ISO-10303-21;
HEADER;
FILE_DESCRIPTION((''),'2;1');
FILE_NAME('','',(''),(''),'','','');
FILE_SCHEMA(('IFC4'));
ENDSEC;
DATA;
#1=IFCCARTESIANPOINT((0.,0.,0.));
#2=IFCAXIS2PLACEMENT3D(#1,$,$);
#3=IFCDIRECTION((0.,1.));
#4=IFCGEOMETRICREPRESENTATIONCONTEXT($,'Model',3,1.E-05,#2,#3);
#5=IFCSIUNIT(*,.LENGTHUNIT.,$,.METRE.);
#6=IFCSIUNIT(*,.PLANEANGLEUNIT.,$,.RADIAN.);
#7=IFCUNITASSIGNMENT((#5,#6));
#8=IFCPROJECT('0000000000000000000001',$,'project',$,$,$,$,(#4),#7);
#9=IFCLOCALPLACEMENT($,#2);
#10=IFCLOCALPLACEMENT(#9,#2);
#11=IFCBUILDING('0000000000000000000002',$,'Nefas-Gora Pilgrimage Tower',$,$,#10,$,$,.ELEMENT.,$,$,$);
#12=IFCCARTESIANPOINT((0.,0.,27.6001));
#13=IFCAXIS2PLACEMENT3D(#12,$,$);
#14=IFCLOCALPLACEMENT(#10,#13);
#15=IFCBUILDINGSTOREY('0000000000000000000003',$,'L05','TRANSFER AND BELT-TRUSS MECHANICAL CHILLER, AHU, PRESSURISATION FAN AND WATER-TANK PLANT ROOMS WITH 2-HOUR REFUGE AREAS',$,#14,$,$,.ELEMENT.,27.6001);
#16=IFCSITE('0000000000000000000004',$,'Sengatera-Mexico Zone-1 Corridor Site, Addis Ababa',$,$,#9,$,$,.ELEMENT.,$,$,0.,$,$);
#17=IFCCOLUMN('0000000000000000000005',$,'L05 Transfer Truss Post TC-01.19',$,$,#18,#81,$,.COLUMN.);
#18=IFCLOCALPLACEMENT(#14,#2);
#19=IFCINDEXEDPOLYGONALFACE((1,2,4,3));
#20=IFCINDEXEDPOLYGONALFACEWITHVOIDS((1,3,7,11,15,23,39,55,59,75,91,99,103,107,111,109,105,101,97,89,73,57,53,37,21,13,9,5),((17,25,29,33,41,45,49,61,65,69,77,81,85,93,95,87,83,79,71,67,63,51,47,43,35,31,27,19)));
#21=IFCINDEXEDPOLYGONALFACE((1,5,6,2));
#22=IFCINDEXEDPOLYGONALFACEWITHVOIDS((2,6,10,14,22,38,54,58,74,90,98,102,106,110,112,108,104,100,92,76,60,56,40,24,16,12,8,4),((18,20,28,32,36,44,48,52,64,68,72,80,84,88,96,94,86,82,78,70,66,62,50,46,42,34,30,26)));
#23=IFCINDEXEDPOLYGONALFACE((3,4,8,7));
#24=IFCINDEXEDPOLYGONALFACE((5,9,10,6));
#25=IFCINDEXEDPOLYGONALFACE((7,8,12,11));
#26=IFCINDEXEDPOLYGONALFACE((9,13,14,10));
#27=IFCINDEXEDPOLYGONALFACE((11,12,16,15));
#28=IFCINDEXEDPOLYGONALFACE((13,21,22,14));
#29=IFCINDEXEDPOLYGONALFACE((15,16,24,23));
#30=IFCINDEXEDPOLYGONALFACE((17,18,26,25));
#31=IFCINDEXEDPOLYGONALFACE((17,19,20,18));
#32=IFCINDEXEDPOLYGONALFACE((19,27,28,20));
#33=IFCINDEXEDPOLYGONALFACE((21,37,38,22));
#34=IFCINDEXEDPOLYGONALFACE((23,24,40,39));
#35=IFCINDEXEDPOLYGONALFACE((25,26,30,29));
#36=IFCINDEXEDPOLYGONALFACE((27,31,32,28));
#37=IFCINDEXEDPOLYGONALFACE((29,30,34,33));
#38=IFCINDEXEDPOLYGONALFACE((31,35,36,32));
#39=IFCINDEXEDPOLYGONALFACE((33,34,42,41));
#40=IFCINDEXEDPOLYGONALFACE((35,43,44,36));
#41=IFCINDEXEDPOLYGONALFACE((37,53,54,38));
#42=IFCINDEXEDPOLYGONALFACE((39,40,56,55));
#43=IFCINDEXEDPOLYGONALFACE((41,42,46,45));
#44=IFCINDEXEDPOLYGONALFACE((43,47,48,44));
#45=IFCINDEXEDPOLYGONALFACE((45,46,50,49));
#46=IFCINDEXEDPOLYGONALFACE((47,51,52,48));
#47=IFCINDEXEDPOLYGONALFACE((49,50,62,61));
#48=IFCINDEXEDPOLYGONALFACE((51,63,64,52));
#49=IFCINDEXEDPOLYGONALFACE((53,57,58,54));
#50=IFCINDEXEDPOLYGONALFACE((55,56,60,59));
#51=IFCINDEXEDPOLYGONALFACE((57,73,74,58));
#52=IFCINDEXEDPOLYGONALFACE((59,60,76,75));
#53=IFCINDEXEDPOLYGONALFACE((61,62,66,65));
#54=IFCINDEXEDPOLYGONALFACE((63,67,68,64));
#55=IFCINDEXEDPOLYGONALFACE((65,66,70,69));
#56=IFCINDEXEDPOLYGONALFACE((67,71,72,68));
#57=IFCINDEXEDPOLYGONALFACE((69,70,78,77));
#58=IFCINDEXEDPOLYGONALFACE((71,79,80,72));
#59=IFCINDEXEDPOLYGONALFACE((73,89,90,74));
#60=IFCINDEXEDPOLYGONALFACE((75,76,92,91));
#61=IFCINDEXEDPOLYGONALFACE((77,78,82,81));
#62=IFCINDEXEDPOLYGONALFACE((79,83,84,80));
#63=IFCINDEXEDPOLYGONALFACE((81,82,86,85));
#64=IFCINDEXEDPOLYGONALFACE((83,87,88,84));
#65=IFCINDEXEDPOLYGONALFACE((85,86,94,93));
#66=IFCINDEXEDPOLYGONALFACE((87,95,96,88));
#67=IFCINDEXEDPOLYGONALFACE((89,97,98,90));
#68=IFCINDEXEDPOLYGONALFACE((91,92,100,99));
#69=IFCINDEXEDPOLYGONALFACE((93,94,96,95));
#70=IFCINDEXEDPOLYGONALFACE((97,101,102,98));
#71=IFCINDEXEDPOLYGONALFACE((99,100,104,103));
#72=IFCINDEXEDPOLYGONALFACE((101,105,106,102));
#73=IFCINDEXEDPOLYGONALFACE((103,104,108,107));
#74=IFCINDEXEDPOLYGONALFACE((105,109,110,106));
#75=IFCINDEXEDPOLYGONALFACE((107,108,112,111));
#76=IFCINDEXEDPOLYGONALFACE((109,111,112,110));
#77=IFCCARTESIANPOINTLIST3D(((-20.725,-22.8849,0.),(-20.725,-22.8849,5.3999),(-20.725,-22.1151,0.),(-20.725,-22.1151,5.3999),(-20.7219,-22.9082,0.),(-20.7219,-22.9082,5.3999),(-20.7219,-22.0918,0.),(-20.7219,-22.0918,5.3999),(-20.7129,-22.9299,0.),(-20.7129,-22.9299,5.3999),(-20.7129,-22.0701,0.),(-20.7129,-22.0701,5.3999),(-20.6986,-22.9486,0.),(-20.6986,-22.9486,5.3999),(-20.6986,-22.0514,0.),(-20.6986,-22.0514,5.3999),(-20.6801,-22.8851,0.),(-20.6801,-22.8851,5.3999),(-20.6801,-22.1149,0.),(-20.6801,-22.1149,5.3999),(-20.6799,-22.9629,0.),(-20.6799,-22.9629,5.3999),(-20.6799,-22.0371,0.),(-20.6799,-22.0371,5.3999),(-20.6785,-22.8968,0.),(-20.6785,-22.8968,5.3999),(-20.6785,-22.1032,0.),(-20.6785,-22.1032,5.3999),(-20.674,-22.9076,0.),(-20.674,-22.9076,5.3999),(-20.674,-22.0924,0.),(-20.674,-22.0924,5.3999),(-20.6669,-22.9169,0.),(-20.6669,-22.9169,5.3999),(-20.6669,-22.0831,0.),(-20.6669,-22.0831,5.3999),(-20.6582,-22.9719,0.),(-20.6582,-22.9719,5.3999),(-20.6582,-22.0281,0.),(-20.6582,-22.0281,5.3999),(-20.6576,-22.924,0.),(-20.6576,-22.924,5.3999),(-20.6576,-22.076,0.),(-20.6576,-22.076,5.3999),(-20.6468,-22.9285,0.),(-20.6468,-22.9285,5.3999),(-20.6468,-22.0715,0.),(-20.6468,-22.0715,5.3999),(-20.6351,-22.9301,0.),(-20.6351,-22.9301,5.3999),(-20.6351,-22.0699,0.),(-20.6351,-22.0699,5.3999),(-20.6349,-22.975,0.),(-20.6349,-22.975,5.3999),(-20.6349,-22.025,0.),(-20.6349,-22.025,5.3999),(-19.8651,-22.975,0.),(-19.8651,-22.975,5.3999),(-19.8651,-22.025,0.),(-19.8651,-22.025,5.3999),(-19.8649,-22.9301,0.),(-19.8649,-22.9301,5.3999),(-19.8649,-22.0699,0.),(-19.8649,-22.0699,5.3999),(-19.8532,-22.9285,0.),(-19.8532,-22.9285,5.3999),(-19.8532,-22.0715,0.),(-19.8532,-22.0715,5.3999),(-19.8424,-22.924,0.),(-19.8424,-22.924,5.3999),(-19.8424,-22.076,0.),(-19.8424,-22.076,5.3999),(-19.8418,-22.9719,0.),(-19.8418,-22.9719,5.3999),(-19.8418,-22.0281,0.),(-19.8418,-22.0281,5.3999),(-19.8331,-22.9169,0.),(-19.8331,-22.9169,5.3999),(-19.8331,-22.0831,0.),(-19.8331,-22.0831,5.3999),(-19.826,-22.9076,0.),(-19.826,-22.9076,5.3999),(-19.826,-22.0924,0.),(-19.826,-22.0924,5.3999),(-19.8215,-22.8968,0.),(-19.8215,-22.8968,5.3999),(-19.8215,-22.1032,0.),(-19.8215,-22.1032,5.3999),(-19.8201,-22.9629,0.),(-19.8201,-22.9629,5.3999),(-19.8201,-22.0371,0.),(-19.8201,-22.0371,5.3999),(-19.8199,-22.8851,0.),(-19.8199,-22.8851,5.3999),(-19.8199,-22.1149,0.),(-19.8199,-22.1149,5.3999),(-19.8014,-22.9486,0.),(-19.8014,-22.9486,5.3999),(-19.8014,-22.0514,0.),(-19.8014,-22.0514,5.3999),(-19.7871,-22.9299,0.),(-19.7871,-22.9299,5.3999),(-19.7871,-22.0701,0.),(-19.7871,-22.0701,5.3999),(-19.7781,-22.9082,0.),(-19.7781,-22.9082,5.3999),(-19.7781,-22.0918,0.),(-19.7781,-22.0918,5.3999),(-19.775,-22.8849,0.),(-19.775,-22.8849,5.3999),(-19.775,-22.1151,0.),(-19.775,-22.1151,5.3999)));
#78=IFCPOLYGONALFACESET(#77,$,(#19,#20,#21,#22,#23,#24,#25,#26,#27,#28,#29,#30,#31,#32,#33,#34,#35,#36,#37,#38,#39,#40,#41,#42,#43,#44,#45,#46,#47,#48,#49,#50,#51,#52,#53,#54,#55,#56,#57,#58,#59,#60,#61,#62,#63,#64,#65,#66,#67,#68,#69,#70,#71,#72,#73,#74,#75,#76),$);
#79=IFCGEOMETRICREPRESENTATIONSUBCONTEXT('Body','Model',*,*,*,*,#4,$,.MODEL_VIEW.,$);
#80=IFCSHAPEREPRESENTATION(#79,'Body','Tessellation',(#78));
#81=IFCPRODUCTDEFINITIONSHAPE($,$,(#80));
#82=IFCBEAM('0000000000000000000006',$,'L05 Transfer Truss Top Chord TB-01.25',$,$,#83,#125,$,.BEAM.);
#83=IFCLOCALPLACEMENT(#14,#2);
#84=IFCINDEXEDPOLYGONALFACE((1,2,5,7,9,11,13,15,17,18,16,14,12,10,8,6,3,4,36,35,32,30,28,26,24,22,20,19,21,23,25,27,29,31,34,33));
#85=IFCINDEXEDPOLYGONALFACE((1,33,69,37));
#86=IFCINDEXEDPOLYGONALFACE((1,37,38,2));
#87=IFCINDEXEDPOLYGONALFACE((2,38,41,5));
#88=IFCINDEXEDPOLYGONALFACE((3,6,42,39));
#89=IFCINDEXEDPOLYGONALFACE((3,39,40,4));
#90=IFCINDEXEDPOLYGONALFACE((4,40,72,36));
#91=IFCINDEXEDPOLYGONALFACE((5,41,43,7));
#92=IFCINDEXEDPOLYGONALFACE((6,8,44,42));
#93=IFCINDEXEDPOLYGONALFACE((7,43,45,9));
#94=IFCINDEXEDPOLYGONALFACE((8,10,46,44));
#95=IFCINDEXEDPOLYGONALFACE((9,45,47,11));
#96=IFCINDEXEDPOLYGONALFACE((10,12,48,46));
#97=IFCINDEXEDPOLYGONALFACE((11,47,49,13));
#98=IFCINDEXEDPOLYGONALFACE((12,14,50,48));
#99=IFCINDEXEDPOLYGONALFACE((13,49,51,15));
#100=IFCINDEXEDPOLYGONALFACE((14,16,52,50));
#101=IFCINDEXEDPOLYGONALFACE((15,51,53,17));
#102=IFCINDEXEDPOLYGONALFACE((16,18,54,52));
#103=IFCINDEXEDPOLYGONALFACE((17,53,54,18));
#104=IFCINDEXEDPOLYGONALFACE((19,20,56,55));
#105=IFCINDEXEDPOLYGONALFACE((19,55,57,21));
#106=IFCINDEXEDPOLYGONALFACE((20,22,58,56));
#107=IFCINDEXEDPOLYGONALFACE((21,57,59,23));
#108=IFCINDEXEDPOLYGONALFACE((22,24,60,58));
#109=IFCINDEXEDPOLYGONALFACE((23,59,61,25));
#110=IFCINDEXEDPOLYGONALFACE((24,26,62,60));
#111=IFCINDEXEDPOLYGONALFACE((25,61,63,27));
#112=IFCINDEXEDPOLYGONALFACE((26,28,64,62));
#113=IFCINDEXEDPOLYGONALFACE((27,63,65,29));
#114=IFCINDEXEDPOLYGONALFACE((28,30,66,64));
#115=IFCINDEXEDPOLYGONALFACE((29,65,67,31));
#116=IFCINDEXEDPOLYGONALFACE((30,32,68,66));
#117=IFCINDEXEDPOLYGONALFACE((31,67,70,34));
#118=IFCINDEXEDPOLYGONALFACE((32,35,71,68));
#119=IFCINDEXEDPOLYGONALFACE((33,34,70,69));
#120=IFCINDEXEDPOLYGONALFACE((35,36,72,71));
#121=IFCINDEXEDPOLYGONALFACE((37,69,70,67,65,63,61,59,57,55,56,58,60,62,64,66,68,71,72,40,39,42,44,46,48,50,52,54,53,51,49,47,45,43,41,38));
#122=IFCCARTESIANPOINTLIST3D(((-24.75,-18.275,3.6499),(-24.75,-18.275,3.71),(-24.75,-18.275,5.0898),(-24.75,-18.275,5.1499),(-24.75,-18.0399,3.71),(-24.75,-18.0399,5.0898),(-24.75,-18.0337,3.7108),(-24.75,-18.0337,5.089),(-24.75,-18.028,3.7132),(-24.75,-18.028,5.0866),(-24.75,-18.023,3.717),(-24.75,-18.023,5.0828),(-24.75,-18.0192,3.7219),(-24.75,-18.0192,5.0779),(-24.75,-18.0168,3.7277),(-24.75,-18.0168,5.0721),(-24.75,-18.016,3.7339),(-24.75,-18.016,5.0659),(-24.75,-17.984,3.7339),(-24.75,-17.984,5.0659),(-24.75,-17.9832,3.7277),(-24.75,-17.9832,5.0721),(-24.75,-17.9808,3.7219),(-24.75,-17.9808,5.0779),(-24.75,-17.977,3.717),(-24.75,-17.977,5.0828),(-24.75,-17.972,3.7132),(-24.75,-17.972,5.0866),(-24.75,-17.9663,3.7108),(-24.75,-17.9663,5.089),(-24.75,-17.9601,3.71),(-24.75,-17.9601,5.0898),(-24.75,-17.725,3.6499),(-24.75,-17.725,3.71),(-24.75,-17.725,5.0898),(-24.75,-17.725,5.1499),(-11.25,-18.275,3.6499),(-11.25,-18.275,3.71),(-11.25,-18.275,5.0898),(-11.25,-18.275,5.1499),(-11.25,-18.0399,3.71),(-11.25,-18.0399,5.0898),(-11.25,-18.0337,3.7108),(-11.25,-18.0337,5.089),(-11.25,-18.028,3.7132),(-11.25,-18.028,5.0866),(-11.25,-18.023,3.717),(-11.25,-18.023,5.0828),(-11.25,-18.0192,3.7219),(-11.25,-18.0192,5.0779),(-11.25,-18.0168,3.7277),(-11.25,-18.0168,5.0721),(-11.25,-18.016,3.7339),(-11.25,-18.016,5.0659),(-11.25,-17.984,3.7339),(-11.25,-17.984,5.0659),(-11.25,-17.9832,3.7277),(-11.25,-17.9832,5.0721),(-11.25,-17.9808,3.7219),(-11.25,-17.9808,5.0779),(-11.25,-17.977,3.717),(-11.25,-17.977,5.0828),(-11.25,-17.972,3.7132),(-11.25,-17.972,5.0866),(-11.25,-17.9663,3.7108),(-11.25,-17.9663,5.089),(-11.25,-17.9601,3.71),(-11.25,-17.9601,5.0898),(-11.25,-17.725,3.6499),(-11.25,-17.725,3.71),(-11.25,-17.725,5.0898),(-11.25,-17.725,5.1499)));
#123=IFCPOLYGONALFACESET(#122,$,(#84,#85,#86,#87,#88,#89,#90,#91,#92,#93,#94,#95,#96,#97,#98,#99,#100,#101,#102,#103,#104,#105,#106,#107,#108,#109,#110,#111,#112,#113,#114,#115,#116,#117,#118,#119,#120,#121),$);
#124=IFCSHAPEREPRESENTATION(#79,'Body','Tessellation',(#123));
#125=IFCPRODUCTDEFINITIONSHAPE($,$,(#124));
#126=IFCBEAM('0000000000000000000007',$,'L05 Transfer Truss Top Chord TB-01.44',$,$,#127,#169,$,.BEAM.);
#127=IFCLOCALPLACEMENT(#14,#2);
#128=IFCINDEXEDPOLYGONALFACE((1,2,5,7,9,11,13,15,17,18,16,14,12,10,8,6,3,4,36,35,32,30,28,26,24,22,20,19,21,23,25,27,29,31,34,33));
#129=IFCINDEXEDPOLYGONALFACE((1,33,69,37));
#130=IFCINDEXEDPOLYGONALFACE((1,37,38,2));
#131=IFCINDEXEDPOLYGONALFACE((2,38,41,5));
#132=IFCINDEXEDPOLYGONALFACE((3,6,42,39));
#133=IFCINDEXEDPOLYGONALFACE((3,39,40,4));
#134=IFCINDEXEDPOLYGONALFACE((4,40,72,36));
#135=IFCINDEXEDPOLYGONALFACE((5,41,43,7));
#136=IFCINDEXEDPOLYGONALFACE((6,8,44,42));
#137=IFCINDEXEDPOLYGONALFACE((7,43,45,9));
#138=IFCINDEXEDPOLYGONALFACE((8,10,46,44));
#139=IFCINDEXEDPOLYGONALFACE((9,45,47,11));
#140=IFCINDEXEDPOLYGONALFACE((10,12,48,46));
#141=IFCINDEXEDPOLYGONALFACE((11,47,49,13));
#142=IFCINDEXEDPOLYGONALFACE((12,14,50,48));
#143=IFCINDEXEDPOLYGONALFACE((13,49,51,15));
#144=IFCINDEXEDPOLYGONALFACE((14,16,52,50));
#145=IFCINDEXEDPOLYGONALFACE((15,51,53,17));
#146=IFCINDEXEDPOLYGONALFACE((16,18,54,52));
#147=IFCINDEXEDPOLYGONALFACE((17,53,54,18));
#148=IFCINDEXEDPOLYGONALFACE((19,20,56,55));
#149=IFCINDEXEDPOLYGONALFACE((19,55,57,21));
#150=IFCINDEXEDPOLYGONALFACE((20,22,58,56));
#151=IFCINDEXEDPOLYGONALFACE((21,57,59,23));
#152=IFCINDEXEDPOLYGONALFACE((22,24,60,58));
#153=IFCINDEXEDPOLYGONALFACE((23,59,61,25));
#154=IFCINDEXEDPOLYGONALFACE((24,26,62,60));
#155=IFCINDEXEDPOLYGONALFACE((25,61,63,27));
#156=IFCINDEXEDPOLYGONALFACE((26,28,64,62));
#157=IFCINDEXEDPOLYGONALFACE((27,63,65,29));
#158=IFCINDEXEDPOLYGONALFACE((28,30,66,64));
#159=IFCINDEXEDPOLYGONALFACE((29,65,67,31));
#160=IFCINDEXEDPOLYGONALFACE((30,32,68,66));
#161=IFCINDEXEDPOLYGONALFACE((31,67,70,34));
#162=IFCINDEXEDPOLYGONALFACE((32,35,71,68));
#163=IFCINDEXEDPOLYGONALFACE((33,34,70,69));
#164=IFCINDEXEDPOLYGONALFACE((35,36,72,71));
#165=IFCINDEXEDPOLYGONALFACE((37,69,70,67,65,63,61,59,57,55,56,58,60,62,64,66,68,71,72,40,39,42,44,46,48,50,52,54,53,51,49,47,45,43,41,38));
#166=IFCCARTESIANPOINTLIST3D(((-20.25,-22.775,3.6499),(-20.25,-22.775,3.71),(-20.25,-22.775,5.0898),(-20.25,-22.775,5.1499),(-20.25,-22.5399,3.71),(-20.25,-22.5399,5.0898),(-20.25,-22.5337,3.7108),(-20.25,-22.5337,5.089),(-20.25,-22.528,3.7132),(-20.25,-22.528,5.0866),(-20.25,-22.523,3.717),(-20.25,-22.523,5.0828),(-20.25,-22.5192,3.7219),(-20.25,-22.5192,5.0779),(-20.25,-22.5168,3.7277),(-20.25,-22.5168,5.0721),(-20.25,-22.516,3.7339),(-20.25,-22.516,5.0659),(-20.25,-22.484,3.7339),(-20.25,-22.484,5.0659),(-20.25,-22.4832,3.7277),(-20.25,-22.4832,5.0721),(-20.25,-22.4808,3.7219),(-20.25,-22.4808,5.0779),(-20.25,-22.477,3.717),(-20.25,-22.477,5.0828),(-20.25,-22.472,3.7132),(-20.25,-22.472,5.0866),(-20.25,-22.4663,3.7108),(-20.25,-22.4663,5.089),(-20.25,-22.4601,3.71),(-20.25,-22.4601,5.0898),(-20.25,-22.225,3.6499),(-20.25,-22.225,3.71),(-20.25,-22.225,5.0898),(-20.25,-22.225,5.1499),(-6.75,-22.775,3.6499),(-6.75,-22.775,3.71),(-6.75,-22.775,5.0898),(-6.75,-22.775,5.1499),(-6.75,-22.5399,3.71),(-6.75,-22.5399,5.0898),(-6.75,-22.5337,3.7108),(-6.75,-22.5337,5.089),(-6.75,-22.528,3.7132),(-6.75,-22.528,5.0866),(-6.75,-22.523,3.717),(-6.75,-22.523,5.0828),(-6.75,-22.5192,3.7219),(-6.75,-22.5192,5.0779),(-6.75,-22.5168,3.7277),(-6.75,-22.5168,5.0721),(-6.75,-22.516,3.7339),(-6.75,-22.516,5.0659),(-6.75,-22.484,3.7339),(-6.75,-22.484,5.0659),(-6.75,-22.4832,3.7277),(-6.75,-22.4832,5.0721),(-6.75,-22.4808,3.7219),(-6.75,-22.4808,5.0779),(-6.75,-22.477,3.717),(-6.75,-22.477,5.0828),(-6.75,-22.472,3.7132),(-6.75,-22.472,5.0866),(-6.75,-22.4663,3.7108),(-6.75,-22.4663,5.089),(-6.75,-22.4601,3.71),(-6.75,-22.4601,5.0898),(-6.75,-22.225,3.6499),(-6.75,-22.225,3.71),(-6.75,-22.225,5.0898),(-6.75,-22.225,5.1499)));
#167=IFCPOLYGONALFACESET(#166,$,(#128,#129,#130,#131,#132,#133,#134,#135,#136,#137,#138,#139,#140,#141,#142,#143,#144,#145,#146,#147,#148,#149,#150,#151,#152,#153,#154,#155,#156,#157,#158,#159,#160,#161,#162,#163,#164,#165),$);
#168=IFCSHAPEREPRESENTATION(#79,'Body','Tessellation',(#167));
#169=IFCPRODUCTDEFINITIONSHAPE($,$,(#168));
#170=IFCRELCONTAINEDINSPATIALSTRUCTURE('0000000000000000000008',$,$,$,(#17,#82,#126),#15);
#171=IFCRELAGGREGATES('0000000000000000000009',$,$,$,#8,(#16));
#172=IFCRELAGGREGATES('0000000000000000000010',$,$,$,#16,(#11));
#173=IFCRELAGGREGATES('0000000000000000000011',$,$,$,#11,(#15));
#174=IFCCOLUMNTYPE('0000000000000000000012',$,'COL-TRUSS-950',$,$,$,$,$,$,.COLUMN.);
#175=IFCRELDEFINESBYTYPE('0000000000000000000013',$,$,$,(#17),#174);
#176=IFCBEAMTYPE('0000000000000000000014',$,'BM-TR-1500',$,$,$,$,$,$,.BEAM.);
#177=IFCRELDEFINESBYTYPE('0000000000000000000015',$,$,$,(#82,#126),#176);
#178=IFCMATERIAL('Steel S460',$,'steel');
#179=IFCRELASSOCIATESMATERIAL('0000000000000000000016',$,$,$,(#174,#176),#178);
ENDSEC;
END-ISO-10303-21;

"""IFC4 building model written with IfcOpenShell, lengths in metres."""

from ifc_helpers import new_model, si_unit, direction, frame, origin, origin_2d, place, context, subcontext, project, spatial, hollow_rectangle, i_section, extrude, source, transform, mapped, material, material_profile, profile_set, type_object, element, save


model = new_model("IFC4")

# Units and contexts
model_context = context("Model", 3, precision=1e-05, world=origin(), true_north=direction((0.0, 1.0)))
body_context = subcontext(model_context, "Body", "Model", "MODEL_VIEW")
ifc_project = project(units=[si_unit("LENGTHUNIT", "METRE"), si_unit("PLANEANGLEUNIT", "RADIAN")], contexts=[model_context])

# Site, building, storey
site_placement = place(None, origin())
site = spatial("IfcSite", under=ifc_project, at=site_placement, Name="Sengatera-Mexico Zone-1 Corridor Site, Addis Ababa", CompositionType="ELEMENT", RefElevation=0.0)
building_placement = place(site_placement, origin())
building = spatial("IfcBuilding", under=site, at=building_placement, Name="Nefas-Gora Pilgrimage Tower", CompositionType="ELEMENT")
storey_placement = place(building_placement, frame((0.0, 0.0, 27.6001)))
storey = spatial("IfcBuildingStorey", under=building, at=storey_placement, Name="L05", Description="TRANSFER AND BELT-TRUSS MECHANICAL CHILLER, AHU, PRESSURISATION FAN AND WATER-TANK PLANT ROOMS WITH 2-HOUR REFUGE AREAS", CompositionType="ELEMENT", Elevation=27.6001)

# Column
ifc_material = material(Name="Steel S460", Category="steel")
ifc_material_profile_1 = material_profile(ifc_material, hollow_rectangle(XDim=0.95, YDim=0.95, WallThickness=0.0449, InnerFilletRadius=0.0449, OuterFilletRadius=0.0901, at=origin_2d()), Name="BOX 950x950x45")
ifc_profile_set_1 = profile_set([ifc_material_profile_1], Name="Steel S460")
column_type = type_object("IfcColumnType", Name="COL-TRUSS-950", PredefinedType="COLUMN", material=ifc_profile_set_1)
shared_shape_1 = source(origin(), body_context, "Body", "SweptSolid", [
    extrude(hollow_rectangle(XDim=0.95, YDim=0.95, WallThickness=0.0449, InnerFilletRadius=0.0449, OuterFilletRadius=0.0901, at=origin_2d()), origin(), (0.0, 0.0, 1.0), 5.3999),
])
for number, where, z_axis, x_axis, name in (
    (1, (-20.25, -22.5, 0.0), (0.0, 0.0, 1.0), (1.0, 0.0, 0.0), "L05 Transfer Truss Post TC-01.19"),
):
    element("IfcColumn", number, at=place(storey_placement, frame(where, z_axis=z_axis, x_axis=x_axis)), inside=storey, type_object=column_type, Name=name, PredefinedType="COLUMN", context=body_context, shape_type="MappedRepresentation", body=[
        mapped(shared_shape_1, transform((0.0, 0.0, 0.0), x_axis=(1.0, 0.0, 0.0), y_axis=(0.0, 1.0, 0.0), z_axis=(0.0, 0.0, 1.0), scale=1.0)),
    ])

# Beams
ifc_material_profile_2 = material_profile(ifc_material, i_section(OverallWidth=0.55, OverallDepth=1.5, WebThickness=0.032, FlangeThickness=0.0601, FilletRadius=0.0239, at=origin_2d()), Name="WPG 1500x550x32x60")
ifc_profile_set_2 = profile_set([ifc_material_profile_2], Name="Steel S460")
beam_type_1 = type_object("IfcBeamType", Name="BM-TR-1500", PredefinedType="BEAM", material=ifc_profile_set_2)
shared_shape_2 = source(origin(), body_context, "Body", "SweptSolid", [
    extrude(i_section(OverallWidth=0.55, OverallDepth=1.5, WebThickness=0.032, FlangeThickness=0.0601, FilletRadius=0.0239, at=origin_2d()), origin(), (0.0, 0.0, 1.0), 13.5),
])
for number, where, z_axis, x_axis, name in (
    (2, (-24.75, -18.0, 4.3999), (1.0, 0.0, 0.0), (0.0, 1.0, 0.0), "L05 Transfer Truss Top Chord TB-01.25"),
    (3, (-20.25, -22.5, 4.3999), (1.0, 0.0, 0.0), (0.0, 1.0, 0.0), "L05 Transfer Truss Top Chord TB-01.44"),
):
    element("IfcBeam", number, at=place(storey_placement, frame(where, z_axis=z_axis, x_axis=x_axis)), inside=storey, type_object=beam_type_1, Name=name, PredefinedType="BEAM", context=body_context, shape_type="MappedRepresentation", body=[
        mapped(shared_shape_2, transform((0.0, 0.0, 0.0), x_axis=(1.0, 0.0, 0.0), y_axis=(0.0, 1.0, 0.0), z_axis=(0.0, 0.0, 1.0), scale=1.0)),
    ])

save(model, "model.ifc")
